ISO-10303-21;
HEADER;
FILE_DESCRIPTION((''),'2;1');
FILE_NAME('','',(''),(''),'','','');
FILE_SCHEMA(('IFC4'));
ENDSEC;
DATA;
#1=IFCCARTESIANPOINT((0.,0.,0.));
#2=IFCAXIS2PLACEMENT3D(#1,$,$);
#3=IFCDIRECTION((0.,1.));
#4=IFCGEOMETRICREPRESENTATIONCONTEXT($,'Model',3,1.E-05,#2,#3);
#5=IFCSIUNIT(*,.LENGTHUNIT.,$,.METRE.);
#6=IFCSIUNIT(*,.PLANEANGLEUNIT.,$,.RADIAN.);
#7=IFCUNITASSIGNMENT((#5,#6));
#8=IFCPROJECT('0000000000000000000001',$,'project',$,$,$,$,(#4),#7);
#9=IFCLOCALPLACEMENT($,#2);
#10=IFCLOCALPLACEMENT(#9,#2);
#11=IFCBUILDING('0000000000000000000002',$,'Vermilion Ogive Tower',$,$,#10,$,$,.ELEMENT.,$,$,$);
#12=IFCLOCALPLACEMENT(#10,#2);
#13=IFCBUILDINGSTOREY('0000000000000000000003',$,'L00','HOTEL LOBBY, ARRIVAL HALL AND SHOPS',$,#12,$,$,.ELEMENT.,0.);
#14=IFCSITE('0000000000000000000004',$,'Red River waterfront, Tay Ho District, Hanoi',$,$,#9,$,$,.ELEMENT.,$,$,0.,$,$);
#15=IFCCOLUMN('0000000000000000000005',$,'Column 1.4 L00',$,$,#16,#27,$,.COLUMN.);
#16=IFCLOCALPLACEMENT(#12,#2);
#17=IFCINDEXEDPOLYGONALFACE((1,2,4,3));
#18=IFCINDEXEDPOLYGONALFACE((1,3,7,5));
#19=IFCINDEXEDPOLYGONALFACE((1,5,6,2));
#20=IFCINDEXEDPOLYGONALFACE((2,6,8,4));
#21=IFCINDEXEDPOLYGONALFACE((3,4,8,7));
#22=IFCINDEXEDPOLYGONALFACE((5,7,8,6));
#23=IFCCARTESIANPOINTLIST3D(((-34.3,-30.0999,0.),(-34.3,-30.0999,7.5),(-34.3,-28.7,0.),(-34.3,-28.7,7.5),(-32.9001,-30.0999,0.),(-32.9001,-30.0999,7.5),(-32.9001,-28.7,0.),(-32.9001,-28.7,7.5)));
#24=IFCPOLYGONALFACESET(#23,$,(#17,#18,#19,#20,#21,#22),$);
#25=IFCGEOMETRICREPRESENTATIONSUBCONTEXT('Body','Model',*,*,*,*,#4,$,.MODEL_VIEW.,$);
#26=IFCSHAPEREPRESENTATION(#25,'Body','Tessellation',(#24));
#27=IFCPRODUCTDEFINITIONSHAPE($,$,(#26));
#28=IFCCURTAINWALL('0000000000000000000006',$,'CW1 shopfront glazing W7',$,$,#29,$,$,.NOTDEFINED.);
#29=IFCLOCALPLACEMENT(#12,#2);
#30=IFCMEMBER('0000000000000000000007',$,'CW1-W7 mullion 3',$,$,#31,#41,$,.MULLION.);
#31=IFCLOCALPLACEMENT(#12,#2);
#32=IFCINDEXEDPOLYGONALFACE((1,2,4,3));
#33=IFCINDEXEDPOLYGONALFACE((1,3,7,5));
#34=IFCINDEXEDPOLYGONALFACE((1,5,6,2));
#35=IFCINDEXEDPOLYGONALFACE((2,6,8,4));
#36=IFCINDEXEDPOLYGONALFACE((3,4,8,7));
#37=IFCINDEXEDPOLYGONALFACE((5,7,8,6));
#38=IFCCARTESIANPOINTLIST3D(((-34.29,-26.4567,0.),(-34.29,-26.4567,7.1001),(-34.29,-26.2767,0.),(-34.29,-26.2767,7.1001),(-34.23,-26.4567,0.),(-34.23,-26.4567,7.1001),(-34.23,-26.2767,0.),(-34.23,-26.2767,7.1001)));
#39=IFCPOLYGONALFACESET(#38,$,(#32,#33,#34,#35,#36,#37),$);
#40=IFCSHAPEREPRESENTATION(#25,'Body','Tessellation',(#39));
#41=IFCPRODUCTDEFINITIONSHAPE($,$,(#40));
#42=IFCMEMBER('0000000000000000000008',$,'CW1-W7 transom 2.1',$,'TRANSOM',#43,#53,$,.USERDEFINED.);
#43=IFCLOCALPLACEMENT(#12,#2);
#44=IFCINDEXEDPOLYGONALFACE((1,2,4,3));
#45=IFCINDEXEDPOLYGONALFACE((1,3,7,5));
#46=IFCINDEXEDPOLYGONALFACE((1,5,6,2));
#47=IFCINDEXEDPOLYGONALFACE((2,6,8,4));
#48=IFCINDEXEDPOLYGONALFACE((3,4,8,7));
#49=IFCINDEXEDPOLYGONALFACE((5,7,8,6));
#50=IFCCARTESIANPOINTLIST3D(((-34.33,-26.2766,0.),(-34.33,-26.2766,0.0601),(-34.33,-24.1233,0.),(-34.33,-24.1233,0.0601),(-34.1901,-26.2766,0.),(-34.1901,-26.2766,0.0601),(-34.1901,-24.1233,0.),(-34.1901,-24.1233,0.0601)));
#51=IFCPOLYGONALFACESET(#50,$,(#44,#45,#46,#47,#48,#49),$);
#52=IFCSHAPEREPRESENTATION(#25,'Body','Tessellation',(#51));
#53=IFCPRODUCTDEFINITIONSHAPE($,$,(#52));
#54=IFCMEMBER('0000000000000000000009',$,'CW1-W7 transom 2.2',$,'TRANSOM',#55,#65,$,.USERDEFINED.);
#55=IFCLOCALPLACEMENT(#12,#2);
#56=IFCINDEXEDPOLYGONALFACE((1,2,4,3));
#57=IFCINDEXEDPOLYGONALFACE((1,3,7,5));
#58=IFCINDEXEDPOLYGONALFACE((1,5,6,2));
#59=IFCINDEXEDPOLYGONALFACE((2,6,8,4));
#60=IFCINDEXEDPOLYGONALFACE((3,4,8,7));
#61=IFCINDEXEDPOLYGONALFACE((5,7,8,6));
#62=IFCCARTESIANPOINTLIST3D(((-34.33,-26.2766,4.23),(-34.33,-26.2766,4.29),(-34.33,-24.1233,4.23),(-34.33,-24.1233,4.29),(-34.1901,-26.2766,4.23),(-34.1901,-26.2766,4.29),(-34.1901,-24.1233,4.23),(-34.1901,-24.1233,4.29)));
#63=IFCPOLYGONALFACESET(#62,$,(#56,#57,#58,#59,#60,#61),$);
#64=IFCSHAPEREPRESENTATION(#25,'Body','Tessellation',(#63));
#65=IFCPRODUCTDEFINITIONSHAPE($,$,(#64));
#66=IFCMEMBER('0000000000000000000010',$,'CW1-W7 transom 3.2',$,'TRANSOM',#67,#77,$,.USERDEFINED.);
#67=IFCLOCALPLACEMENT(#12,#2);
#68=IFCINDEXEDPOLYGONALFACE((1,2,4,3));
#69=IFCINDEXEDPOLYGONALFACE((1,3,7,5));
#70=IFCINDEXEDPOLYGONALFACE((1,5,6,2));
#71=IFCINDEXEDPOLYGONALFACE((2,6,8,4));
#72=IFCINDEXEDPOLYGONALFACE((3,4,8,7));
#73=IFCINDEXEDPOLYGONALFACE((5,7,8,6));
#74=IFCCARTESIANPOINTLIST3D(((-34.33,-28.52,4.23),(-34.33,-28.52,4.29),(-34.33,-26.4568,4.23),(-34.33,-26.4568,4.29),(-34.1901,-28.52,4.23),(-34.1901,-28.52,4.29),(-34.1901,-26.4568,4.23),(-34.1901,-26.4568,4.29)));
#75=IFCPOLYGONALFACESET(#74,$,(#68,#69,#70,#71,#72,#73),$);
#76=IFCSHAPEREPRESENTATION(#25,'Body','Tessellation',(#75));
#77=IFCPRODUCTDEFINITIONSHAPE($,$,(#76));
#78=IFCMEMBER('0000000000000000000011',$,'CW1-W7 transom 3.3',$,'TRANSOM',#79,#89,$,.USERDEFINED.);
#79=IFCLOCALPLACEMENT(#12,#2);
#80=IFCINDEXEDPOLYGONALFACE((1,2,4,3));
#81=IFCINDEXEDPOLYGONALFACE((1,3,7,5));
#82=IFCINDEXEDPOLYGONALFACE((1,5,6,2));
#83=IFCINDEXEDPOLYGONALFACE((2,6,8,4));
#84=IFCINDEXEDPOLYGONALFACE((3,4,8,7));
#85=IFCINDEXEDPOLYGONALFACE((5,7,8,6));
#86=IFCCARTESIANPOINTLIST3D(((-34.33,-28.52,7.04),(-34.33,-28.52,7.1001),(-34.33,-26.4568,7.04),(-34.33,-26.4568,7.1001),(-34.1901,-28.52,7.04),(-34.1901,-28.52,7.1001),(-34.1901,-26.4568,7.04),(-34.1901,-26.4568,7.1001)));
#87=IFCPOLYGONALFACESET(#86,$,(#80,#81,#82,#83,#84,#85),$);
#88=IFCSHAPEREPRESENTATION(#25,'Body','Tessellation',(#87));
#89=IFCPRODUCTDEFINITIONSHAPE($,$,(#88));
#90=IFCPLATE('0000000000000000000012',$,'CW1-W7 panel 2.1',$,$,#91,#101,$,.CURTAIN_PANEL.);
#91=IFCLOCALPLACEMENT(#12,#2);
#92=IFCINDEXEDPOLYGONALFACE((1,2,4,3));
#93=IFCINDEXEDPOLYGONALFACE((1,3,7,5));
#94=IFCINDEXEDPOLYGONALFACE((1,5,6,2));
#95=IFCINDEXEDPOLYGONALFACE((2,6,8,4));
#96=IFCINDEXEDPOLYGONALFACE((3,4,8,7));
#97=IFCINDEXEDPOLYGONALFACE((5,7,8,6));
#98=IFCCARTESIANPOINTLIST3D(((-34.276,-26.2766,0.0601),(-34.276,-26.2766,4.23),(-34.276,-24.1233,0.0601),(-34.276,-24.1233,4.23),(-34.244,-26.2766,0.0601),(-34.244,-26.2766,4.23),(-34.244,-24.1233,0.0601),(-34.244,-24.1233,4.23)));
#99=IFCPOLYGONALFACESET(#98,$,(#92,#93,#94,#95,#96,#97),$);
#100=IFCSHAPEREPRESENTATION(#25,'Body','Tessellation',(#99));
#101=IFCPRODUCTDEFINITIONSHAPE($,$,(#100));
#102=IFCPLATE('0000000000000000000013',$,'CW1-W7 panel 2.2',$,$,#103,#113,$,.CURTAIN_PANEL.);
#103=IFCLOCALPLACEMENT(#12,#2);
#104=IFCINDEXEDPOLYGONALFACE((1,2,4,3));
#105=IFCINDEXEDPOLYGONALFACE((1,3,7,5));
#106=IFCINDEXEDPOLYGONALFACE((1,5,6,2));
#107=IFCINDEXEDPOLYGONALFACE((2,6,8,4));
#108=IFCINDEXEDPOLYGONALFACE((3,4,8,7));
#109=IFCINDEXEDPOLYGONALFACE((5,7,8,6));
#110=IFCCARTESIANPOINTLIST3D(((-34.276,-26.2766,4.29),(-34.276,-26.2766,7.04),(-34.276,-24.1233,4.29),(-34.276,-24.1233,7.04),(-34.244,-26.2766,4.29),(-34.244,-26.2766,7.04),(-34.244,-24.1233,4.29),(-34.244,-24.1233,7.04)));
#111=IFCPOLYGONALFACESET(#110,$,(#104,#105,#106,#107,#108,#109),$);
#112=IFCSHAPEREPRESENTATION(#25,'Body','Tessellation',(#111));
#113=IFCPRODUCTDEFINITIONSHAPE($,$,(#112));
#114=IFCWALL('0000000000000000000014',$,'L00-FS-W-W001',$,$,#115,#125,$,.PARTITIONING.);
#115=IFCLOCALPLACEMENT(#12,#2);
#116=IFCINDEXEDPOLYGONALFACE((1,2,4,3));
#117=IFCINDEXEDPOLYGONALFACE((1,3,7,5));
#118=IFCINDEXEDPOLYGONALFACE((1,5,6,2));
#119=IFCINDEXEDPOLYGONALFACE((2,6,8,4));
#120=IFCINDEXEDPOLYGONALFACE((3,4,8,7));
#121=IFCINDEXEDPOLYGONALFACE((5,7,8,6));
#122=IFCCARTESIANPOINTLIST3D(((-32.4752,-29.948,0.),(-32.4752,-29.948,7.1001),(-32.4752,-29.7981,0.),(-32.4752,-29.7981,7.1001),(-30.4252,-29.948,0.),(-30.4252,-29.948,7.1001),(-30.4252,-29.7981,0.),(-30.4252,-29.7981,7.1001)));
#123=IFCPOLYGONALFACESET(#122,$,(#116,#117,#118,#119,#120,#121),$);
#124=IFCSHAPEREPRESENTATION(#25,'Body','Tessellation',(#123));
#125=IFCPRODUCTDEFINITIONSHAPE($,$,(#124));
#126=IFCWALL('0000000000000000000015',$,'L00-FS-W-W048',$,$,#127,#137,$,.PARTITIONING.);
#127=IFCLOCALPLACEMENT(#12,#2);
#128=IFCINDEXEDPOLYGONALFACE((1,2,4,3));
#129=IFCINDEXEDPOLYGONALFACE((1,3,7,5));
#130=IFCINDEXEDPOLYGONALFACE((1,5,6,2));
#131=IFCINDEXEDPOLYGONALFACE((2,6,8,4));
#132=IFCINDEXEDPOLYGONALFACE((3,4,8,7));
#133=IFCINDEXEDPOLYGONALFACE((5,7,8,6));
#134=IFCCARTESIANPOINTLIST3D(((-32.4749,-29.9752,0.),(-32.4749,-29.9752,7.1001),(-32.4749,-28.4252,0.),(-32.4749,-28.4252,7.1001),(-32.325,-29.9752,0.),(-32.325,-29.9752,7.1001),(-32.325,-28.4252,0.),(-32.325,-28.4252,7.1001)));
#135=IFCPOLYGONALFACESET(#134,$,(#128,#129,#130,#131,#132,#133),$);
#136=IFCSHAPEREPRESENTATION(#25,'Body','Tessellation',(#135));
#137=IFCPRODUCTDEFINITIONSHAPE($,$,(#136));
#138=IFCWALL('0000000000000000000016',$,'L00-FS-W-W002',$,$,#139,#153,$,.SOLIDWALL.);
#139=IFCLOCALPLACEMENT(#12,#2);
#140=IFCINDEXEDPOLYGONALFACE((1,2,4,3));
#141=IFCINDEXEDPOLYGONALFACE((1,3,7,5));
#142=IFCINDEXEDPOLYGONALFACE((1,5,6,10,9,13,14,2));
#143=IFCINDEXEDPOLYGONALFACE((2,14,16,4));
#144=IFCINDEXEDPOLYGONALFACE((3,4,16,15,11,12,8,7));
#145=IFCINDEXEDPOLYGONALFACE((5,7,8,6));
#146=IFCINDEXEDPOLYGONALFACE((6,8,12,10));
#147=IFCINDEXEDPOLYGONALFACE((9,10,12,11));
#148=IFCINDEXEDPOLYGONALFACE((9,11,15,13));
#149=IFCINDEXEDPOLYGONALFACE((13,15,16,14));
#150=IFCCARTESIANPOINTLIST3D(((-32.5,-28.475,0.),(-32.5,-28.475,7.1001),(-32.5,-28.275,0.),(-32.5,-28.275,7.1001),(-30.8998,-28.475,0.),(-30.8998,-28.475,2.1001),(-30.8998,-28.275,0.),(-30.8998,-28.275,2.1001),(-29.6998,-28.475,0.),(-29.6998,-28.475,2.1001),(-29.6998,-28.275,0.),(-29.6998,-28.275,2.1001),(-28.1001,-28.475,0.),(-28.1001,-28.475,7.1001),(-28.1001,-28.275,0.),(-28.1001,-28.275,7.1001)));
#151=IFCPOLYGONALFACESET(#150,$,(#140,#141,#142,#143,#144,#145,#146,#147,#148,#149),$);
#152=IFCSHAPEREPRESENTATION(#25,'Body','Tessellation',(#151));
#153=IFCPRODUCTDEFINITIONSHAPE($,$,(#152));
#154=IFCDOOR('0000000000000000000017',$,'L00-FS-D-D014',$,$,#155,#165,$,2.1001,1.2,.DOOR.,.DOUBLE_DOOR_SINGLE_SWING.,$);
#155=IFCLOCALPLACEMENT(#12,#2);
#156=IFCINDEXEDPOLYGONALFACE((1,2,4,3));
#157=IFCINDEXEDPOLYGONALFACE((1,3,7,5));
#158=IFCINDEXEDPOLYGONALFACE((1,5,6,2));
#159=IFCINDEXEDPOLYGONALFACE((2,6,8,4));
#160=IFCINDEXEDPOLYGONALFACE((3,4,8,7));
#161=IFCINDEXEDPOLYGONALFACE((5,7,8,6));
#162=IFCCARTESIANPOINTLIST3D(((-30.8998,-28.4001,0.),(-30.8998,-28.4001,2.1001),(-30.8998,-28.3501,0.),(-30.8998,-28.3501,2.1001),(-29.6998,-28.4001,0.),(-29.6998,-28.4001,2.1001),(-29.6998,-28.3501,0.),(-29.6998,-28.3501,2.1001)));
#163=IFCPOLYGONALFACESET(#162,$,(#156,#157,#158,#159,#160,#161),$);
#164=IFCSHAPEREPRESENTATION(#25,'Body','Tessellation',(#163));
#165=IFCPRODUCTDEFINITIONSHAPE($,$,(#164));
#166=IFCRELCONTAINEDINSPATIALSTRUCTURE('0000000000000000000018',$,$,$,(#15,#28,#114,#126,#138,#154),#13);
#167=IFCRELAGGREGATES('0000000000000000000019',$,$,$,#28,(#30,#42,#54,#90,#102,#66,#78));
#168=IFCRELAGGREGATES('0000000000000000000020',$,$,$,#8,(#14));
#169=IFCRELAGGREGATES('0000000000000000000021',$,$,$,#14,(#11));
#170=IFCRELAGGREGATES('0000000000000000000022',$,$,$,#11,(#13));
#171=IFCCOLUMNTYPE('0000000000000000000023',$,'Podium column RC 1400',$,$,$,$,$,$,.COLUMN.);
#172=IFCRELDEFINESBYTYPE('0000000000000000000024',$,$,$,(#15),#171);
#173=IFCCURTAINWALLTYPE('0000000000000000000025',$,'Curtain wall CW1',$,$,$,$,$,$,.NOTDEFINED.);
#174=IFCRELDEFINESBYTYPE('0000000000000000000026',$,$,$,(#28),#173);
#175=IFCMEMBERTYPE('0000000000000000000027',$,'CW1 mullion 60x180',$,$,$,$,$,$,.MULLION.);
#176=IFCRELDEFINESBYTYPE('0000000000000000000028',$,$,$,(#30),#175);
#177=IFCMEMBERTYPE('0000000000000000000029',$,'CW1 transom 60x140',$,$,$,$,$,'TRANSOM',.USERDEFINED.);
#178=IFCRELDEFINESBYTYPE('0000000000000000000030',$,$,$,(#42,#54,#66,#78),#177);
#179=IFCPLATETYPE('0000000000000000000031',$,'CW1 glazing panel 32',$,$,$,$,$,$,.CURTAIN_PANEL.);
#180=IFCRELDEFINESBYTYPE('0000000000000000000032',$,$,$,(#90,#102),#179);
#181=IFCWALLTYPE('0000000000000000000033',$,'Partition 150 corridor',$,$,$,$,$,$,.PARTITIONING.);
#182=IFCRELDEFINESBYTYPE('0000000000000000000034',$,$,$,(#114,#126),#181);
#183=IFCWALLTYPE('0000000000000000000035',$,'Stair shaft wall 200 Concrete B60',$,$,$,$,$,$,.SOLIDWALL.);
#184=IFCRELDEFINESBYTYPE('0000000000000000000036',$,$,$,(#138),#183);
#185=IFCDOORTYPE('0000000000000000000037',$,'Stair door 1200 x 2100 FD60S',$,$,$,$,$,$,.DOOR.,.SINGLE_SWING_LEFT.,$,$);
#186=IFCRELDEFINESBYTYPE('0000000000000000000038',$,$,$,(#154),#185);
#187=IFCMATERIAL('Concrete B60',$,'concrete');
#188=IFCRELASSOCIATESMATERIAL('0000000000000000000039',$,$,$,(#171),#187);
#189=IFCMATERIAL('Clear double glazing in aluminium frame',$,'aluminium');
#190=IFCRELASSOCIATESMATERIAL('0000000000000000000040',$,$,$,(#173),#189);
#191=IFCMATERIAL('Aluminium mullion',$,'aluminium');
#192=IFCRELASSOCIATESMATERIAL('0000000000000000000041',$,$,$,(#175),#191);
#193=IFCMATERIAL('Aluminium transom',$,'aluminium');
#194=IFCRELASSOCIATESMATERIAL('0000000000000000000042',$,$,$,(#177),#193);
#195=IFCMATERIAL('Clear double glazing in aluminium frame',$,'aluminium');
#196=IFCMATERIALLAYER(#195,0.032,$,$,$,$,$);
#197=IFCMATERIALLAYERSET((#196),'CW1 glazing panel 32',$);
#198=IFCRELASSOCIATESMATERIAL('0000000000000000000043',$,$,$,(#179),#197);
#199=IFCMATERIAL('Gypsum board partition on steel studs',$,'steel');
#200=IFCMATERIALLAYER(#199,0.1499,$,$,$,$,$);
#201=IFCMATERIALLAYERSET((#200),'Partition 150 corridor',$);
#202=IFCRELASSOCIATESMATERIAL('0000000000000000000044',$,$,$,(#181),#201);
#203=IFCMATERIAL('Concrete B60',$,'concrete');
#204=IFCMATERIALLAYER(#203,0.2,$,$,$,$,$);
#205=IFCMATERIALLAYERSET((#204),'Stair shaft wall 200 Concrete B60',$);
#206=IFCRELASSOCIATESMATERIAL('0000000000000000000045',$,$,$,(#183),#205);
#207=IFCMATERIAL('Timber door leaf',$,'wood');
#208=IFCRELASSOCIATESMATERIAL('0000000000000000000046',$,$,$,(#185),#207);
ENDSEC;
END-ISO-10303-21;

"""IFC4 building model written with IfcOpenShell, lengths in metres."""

from ifc_helpers import new_model, si_unit, direction, frame, frame_2d, origin, origin_2d, place, context, subcontext, project, spatial, rectangle, extrude, material, layer, layer_set, material_profile, profile_set, type_object, element, fill, aggregate, save


model = new_model("IFC4")

# Units and contexts
model_context = context("Model", 3, precision=1e-05, world=origin(), true_north=direction((0.0, 1.0)))
body_context = subcontext(model_context, "Body", "Model", "MODEL_VIEW")
ifc_project = project(units=[si_unit("LENGTHUNIT", "METRE"), si_unit("PLANEANGLEUNIT", "RADIAN")], contexts=[model_context])

# Site, building, storey
site_placement = place(None, origin())
site = spatial("IfcSite", under=ifc_project, at=site_placement, Name="Red River waterfront, Tay Ho District, Hanoi", CompositionType="ELEMENT", RefElevation=0.0)
building_placement = place(site_placement, origin())
building = spatial("IfcBuilding", under=site, at=building_placement, Name="Vermilion Ogive Tower", CompositionType="ELEMENT")
storey_placement = place(building_placement, origin())
storey = spatial("IfcBuildingStorey", under=building, at=storey_placement, Name="L00", Description="HOTEL LOBBY, ARRIVAL HALL AND SHOPS", CompositionType="ELEMENT", Elevation=0.0)

# Column
ifc_material_1 = material(Name="Concrete B60", Category="concrete")
ifc_material_profile_1 = material_profile(ifc_material_1, rectangle(XDim=1.3999, YDim=1.3999, at=origin_2d()), Name="RC 1400x1400")
ifc_profile_set_1 = profile_set([ifc_material_profile_1], Name="Concrete B60")
column_type = type_object("IfcColumnType", Name="Podium column RC 1400", PredefinedType="COLUMN", material=ifc_profile_set_1)
column_placement = place(storey_placement, frame((-33.6001, -29.3999, 0.0), z_axis=(0.0, 0.0, 1.0), x_axis=(1.0, 0.0, 0.0)))
element("IfcColumn", 1, at=column_placement, inside=storey, type_object=column_type, Name="Column 1.4 L00", PredefinedType="COLUMN", context=body_context, shape_type="SweptSolid", body=[
    extrude(rectangle(XDim=1.3999, YDim=1.3999, at=origin_2d()), origin(), (0.0, 0.0, 1.0), 7.5),
])

# Curtain wall, members, plates
ifc_material_2 = material(Name="Clear double glazing in aluminium frame", Category="aluminium")
curtain_wall_type = type_object("IfcCurtainWallType", Name="Curtain wall CW1", PredefinedType="NOTDEFINED", material=ifc_material_2)
curtain_wall_placement = place(storey_placement, origin())
curtain_wall = element("IfcCurtainWall", 2, at=curtain_wall_placement, inside=storey, type_object=curtain_wall_type, Name="CW1 shopfront glazing W7", PredefinedType="NOTDEFINED")
ifc_material_3 = material(Name="Aluminium mullion", Category="aluminium")
ifc_material_profile_2 = material_profile(ifc_material_3, rectangle(XDim=0.0601, YDim=0.1799, at=origin_2d()), Name="AL 60x180")
ifc_profile_set_2 = profile_set([ifc_material_profile_2], Name="Aluminium mullion")
member_type_1 = type_object("IfcMemberType", Name="CW1 mullion 60x180", PredefinedType="MULLION", material=ifc_profile_set_2)
member_1_placement = place(storey_placement, frame((-34.26, -26.3667, 0.0), z_axis=(0.0, 0.0, 1.0), x_axis=(1.0, 0.0, 0.0)))
member_1 = element("IfcMember", 3, at=member_1_placement, type_object=member_type_1, Name="CW1-W7 mullion 3", PredefinedType="MULLION", context=body_context, shape_type="SweptSolid", body=[
    extrude(rectangle(XDim=0.0601, YDim=0.1799, at=origin_2d()), origin(), (0.0, 0.0, 1.0), 7.1001),
])
ifc_material_4 = material(Name="Aluminium transom", Category="aluminium")
ifc_material_profile_3 = material_profile(ifc_material_4, rectangle(XDim=0.1399, YDim=0.0601, at=origin_2d()), Name="AL 60x140")
ifc_profile_set_3 = profile_set([ifc_material_profile_3], Name="Aluminium transom")
member_type_2 = type_object("IfcMemberType", Name="CW1 transom 60x140", ElementType="TRANSOM", PredefinedType="USERDEFINED", material=ifc_profile_set_3)
member_2_placement = place(storey_placement, frame((-34.26, -24.1233, 0.03), z_axis=(0.0, -1.0, 0.0), x_axis=(1.0, 0.0, 0.0)))
member_2 = element("IfcMember", 4, at=member_2_placement, type_object=member_type_2, Name="CW1-W7 transom 2.1", ObjectType="TRANSOM", PredefinedType="USERDEFINED", context=body_context, shape_type="SweptSolid", body=[
    extrude(rectangle(XDim=0.1399, YDim=0.0601, at=origin_2d()), origin(), (0.0, 0.0, 1.0), 2.1533),
])
member_3_placement = place(storey_placement, frame((-34.26, -24.1233, 4.26), z_axis=(0.0, -1.0, 0.0), x_axis=(1.0, 0.0, 0.0)))
member_3 = element("IfcMember", 5, at=member_3_placement, type_object=member_type_2, Name="CW1-W7 transom 2.2", ObjectType="TRANSOM", PredefinedType="USERDEFINED", context=body_context, shape_type="SweptSolid", body=[
    extrude(rectangle(XDim=0.1399, YDim=0.0601, at=origin_2d()), origin(), (0.0, 0.0, 1.0), 2.1533),
])
member_4_placement = place(storey_placement, frame((-34.26, -26.4568, 4.26), z_axis=(0.0, -1.0, 0.0), x_axis=(1.0, 0.0, 0.0)))
member_4 = element("IfcMember", 6, at=member_4_placement, type_object=member_type_2, Name="CW1-W7 transom 3.2", ObjectType="TRANSOM", PredefinedType="USERDEFINED", context=body_context, shape_type="SweptSolid", body=[
    extrude(rectangle(XDim=0.1399, YDim=0.0601, at=origin_2d()), origin(), (0.0, 0.0, 1.0), 2.0632),
])
member_5_placement = place(storey_placement, frame((-34.26, -26.4568, 7.0701), z_axis=(0.0, -1.0, 0.0), x_axis=(1.0, 0.0, 0.0)))
member_5 = element("IfcMember", 7, at=member_5_placement, type_object=member_type_2, Name="CW1-W7 transom 3.3", ObjectType="TRANSOM", PredefinedType="USERDEFINED", context=body_context, shape_type="SweptSolid", body=[
    extrude(rectangle(XDim=0.1399, YDim=0.0601, at=origin_2d()), origin(), (0.0, 0.0, 1.0), 2.0632),
])
ifc_material_5 = material(Name="Clear double glazing in aluminium frame", Category="aluminium")
ifc_layer_1 = layer(ifc_material_5, 0.032)
ifc_layer_set_1 = layer_set([ifc_layer_1], Name="CW1 glazing panel 32")
plate_type = type_object("IfcPlateType", Name="CW1 glazing panel 32", PredefinedType="CURTAIN_PANEL", material=ifc_layer_set_1)
plate_1_placement = place(storey_placement, frame((-34.26, -25.2, 0.0601), z_axis=(0.0, 0.0, 1.0), x_axis=(0.0, -1.0, 0.0)))
plate_1 = element("IfcPlate", 8, at=plate_1_placement, type_object=plate_type, Name="CW1-W7 panel 2.1", PredefinedType="CURTAIN_PANEL", context=body_context, shape_type="SweptSolid", body=[
    extrude(rectangle(XDim=2.1533, YDim=0.032, at=origin_2d()), origin(), (0.0, 0.0, 1.0), 4.1699),
])
plate_2_placement = place(storey_placement, frame((-34.26, -25.2, 4.29), z_axis=(0.0, 0.0, 1.0), x_axis=(0.0, -1.0, 0.0)))
plate_2 = element("IfcPlate", 9, at=plate_2_placement, type_object=plate_type, Name="CW1-W7 panel 2.2", PredefinedType="CURTAIN_PANEL", context=body_context, shape_type="SweptSolid", body=[
    extrude(rectangle(XDim=2.1533, YDim=0.032, at=origin_2d()), origin(), (0.0, 0.0, 1.0), 2.75),
])
aggregate(curtain_wall, [member_1, member_2, member_3, plate_1, plate_2, member_4, member_5])

# Walls
ifc_material_6 = material(Name="Gypsum board partition on steel studs", Category="steel")
ifc_layer_2 = layer(ifc_material_6, 0.1499)
ifc_layer_set_2 = layer_set([ifc_layer_2], Name="Partition 150 corridor")
wall_type_1 = type_object("IfcWallType", Name="Partition 150 corridor", PredefinedType="PARTITIONING", material=ifc_layer_set_2)
wall_1_placement = place(storey_placement, frame((-32.4751, -29.873, 0.0), z_axis=(0.0, 0.0, 1.0), x_axis=(1.0, 0.0, 0.0)))
element("IfcWall", 10, at=wall_1_placement, inside=storey, type_object=wall_type_1, Name="L00-FS-W-W001", PredefinedType="PARTITIONING", context=body_context, shape_type="SweptSolid", body=[
    extrude(rectangle(XDim=2.05, YDim=0.1499, at=frame_2d((1.0249, 0.0))), origin(), (0.0, 0.0, 1.0), 7.1001),
])
wall_2_placement = place(storey_placement, frame((-32.3999, -29.9751, 0.0), z_axis=(0.0, 0.0, 1.0), x_axis=(0.0, 1.0, 0.0)))
element("IfcWall", 11, at=wall_2_placement, inside=storey, type_object=wall_type_1, Name="L00-FS-W-W048", PredefinedType="PARTITIONING", context=body_context, shape_type="SweptSolid", body=[
    extrude(rectangle(XDim=1.55, YDim=0.1499, at=frame_2d((0.7749, 0.0))), origin(), (0.0, 0.0, 1.0), 7.1001),
])

# Wall, opening, door
ifc_material_7 = material(Name="Concrete B60", Category="concrete")
ifc_layer_3 = layer(ifc_material_7, 0.2)
ifc_layer_set_3 = layer_set([ifc_layer_3], Name="Stair shaft wall 200 Concrete B60")
wall_type_2 = type_object("IfcWallType", Name="Stair shaft wall 200 Concrete B60", PredefinedType="SOLIDWALL", material=ifc_layer_set_3)
wall_3_placement = place(storey_placement, frame((-32.5, -28.375, 0.0), z_axis=(0.0, 0.0, 1.0), x_axis=(1.0, 0.0, 0.0)))
wall_3 = element("IfcWall", 12, at=wall_3_placement, inside=storey, type_object=wall_type_2, Name="L00-FS-W-W002", PredefinedType="SOLIDWALL", context=body_context, shape_type="SweptSolid", body=[
    extrude(rectangle(XDim=4.3999, YDim=0.2, at=frame_2d((2.2, 0.0))), origin(), (0.0, 0.0, 1.0), 7.1001),
])
opening_placement = place(wall_3_placement, frame((1.6001, 0.0, 0.0)))
opening = element("IfcOpeningElement", 13, at=opening_placement, cuts=wall_3, PredefinedType="OPENING", context=body_context, shape_type="SweptSolid", body=[
    extrude(rectangle(XDim=1.2, YDim=2.1001, at=frame_2d((0.6001, 1.05))), frame((0.0, 0.1099, 0.0), z_axis=(0.0, -1.0, 0.0), x_axis=(1.0, 0.0, 0.0)), (0.0, 0.0, 1.0), 0.22),
])
ifc_material_8 = material(Name="Timber door leaf", Category="wood")
door_type = type_object("IfcDoorType", Name="Stair door 1200 x 2100 FD60S", OperationType="SINGLE_SWING_LEFT", PredefinedType="DOOR", material=ifc_material_8)
door_placement = place(opening_placement, origin())
door = element("IfcDoor", 14, at=door_placement, inside=storey, type_object=door_type, Name="L00-FS-D-D014", OperationType="DOUBLE_DOOR_SINGLE_SWING", OverallHeight=2.1001, OverallWidth=1.2, PredefinedType="DOOR", context=body_context, shape_type="SweptSolid", body=[
    extrude(rectangle(XDim=1.2, YDim=2.1001, at=frame_2d((0.6001, 1.05))), frame((0.0, 0.0249, 0.0), z_axis=(0.0, -1.0, 0.0), x_axis=(1.0, 0.0, 0.0)), (0.0, 0.0, 1.0), 0.05),
])
fill(opening, door)

save(model, "model.ifc")
